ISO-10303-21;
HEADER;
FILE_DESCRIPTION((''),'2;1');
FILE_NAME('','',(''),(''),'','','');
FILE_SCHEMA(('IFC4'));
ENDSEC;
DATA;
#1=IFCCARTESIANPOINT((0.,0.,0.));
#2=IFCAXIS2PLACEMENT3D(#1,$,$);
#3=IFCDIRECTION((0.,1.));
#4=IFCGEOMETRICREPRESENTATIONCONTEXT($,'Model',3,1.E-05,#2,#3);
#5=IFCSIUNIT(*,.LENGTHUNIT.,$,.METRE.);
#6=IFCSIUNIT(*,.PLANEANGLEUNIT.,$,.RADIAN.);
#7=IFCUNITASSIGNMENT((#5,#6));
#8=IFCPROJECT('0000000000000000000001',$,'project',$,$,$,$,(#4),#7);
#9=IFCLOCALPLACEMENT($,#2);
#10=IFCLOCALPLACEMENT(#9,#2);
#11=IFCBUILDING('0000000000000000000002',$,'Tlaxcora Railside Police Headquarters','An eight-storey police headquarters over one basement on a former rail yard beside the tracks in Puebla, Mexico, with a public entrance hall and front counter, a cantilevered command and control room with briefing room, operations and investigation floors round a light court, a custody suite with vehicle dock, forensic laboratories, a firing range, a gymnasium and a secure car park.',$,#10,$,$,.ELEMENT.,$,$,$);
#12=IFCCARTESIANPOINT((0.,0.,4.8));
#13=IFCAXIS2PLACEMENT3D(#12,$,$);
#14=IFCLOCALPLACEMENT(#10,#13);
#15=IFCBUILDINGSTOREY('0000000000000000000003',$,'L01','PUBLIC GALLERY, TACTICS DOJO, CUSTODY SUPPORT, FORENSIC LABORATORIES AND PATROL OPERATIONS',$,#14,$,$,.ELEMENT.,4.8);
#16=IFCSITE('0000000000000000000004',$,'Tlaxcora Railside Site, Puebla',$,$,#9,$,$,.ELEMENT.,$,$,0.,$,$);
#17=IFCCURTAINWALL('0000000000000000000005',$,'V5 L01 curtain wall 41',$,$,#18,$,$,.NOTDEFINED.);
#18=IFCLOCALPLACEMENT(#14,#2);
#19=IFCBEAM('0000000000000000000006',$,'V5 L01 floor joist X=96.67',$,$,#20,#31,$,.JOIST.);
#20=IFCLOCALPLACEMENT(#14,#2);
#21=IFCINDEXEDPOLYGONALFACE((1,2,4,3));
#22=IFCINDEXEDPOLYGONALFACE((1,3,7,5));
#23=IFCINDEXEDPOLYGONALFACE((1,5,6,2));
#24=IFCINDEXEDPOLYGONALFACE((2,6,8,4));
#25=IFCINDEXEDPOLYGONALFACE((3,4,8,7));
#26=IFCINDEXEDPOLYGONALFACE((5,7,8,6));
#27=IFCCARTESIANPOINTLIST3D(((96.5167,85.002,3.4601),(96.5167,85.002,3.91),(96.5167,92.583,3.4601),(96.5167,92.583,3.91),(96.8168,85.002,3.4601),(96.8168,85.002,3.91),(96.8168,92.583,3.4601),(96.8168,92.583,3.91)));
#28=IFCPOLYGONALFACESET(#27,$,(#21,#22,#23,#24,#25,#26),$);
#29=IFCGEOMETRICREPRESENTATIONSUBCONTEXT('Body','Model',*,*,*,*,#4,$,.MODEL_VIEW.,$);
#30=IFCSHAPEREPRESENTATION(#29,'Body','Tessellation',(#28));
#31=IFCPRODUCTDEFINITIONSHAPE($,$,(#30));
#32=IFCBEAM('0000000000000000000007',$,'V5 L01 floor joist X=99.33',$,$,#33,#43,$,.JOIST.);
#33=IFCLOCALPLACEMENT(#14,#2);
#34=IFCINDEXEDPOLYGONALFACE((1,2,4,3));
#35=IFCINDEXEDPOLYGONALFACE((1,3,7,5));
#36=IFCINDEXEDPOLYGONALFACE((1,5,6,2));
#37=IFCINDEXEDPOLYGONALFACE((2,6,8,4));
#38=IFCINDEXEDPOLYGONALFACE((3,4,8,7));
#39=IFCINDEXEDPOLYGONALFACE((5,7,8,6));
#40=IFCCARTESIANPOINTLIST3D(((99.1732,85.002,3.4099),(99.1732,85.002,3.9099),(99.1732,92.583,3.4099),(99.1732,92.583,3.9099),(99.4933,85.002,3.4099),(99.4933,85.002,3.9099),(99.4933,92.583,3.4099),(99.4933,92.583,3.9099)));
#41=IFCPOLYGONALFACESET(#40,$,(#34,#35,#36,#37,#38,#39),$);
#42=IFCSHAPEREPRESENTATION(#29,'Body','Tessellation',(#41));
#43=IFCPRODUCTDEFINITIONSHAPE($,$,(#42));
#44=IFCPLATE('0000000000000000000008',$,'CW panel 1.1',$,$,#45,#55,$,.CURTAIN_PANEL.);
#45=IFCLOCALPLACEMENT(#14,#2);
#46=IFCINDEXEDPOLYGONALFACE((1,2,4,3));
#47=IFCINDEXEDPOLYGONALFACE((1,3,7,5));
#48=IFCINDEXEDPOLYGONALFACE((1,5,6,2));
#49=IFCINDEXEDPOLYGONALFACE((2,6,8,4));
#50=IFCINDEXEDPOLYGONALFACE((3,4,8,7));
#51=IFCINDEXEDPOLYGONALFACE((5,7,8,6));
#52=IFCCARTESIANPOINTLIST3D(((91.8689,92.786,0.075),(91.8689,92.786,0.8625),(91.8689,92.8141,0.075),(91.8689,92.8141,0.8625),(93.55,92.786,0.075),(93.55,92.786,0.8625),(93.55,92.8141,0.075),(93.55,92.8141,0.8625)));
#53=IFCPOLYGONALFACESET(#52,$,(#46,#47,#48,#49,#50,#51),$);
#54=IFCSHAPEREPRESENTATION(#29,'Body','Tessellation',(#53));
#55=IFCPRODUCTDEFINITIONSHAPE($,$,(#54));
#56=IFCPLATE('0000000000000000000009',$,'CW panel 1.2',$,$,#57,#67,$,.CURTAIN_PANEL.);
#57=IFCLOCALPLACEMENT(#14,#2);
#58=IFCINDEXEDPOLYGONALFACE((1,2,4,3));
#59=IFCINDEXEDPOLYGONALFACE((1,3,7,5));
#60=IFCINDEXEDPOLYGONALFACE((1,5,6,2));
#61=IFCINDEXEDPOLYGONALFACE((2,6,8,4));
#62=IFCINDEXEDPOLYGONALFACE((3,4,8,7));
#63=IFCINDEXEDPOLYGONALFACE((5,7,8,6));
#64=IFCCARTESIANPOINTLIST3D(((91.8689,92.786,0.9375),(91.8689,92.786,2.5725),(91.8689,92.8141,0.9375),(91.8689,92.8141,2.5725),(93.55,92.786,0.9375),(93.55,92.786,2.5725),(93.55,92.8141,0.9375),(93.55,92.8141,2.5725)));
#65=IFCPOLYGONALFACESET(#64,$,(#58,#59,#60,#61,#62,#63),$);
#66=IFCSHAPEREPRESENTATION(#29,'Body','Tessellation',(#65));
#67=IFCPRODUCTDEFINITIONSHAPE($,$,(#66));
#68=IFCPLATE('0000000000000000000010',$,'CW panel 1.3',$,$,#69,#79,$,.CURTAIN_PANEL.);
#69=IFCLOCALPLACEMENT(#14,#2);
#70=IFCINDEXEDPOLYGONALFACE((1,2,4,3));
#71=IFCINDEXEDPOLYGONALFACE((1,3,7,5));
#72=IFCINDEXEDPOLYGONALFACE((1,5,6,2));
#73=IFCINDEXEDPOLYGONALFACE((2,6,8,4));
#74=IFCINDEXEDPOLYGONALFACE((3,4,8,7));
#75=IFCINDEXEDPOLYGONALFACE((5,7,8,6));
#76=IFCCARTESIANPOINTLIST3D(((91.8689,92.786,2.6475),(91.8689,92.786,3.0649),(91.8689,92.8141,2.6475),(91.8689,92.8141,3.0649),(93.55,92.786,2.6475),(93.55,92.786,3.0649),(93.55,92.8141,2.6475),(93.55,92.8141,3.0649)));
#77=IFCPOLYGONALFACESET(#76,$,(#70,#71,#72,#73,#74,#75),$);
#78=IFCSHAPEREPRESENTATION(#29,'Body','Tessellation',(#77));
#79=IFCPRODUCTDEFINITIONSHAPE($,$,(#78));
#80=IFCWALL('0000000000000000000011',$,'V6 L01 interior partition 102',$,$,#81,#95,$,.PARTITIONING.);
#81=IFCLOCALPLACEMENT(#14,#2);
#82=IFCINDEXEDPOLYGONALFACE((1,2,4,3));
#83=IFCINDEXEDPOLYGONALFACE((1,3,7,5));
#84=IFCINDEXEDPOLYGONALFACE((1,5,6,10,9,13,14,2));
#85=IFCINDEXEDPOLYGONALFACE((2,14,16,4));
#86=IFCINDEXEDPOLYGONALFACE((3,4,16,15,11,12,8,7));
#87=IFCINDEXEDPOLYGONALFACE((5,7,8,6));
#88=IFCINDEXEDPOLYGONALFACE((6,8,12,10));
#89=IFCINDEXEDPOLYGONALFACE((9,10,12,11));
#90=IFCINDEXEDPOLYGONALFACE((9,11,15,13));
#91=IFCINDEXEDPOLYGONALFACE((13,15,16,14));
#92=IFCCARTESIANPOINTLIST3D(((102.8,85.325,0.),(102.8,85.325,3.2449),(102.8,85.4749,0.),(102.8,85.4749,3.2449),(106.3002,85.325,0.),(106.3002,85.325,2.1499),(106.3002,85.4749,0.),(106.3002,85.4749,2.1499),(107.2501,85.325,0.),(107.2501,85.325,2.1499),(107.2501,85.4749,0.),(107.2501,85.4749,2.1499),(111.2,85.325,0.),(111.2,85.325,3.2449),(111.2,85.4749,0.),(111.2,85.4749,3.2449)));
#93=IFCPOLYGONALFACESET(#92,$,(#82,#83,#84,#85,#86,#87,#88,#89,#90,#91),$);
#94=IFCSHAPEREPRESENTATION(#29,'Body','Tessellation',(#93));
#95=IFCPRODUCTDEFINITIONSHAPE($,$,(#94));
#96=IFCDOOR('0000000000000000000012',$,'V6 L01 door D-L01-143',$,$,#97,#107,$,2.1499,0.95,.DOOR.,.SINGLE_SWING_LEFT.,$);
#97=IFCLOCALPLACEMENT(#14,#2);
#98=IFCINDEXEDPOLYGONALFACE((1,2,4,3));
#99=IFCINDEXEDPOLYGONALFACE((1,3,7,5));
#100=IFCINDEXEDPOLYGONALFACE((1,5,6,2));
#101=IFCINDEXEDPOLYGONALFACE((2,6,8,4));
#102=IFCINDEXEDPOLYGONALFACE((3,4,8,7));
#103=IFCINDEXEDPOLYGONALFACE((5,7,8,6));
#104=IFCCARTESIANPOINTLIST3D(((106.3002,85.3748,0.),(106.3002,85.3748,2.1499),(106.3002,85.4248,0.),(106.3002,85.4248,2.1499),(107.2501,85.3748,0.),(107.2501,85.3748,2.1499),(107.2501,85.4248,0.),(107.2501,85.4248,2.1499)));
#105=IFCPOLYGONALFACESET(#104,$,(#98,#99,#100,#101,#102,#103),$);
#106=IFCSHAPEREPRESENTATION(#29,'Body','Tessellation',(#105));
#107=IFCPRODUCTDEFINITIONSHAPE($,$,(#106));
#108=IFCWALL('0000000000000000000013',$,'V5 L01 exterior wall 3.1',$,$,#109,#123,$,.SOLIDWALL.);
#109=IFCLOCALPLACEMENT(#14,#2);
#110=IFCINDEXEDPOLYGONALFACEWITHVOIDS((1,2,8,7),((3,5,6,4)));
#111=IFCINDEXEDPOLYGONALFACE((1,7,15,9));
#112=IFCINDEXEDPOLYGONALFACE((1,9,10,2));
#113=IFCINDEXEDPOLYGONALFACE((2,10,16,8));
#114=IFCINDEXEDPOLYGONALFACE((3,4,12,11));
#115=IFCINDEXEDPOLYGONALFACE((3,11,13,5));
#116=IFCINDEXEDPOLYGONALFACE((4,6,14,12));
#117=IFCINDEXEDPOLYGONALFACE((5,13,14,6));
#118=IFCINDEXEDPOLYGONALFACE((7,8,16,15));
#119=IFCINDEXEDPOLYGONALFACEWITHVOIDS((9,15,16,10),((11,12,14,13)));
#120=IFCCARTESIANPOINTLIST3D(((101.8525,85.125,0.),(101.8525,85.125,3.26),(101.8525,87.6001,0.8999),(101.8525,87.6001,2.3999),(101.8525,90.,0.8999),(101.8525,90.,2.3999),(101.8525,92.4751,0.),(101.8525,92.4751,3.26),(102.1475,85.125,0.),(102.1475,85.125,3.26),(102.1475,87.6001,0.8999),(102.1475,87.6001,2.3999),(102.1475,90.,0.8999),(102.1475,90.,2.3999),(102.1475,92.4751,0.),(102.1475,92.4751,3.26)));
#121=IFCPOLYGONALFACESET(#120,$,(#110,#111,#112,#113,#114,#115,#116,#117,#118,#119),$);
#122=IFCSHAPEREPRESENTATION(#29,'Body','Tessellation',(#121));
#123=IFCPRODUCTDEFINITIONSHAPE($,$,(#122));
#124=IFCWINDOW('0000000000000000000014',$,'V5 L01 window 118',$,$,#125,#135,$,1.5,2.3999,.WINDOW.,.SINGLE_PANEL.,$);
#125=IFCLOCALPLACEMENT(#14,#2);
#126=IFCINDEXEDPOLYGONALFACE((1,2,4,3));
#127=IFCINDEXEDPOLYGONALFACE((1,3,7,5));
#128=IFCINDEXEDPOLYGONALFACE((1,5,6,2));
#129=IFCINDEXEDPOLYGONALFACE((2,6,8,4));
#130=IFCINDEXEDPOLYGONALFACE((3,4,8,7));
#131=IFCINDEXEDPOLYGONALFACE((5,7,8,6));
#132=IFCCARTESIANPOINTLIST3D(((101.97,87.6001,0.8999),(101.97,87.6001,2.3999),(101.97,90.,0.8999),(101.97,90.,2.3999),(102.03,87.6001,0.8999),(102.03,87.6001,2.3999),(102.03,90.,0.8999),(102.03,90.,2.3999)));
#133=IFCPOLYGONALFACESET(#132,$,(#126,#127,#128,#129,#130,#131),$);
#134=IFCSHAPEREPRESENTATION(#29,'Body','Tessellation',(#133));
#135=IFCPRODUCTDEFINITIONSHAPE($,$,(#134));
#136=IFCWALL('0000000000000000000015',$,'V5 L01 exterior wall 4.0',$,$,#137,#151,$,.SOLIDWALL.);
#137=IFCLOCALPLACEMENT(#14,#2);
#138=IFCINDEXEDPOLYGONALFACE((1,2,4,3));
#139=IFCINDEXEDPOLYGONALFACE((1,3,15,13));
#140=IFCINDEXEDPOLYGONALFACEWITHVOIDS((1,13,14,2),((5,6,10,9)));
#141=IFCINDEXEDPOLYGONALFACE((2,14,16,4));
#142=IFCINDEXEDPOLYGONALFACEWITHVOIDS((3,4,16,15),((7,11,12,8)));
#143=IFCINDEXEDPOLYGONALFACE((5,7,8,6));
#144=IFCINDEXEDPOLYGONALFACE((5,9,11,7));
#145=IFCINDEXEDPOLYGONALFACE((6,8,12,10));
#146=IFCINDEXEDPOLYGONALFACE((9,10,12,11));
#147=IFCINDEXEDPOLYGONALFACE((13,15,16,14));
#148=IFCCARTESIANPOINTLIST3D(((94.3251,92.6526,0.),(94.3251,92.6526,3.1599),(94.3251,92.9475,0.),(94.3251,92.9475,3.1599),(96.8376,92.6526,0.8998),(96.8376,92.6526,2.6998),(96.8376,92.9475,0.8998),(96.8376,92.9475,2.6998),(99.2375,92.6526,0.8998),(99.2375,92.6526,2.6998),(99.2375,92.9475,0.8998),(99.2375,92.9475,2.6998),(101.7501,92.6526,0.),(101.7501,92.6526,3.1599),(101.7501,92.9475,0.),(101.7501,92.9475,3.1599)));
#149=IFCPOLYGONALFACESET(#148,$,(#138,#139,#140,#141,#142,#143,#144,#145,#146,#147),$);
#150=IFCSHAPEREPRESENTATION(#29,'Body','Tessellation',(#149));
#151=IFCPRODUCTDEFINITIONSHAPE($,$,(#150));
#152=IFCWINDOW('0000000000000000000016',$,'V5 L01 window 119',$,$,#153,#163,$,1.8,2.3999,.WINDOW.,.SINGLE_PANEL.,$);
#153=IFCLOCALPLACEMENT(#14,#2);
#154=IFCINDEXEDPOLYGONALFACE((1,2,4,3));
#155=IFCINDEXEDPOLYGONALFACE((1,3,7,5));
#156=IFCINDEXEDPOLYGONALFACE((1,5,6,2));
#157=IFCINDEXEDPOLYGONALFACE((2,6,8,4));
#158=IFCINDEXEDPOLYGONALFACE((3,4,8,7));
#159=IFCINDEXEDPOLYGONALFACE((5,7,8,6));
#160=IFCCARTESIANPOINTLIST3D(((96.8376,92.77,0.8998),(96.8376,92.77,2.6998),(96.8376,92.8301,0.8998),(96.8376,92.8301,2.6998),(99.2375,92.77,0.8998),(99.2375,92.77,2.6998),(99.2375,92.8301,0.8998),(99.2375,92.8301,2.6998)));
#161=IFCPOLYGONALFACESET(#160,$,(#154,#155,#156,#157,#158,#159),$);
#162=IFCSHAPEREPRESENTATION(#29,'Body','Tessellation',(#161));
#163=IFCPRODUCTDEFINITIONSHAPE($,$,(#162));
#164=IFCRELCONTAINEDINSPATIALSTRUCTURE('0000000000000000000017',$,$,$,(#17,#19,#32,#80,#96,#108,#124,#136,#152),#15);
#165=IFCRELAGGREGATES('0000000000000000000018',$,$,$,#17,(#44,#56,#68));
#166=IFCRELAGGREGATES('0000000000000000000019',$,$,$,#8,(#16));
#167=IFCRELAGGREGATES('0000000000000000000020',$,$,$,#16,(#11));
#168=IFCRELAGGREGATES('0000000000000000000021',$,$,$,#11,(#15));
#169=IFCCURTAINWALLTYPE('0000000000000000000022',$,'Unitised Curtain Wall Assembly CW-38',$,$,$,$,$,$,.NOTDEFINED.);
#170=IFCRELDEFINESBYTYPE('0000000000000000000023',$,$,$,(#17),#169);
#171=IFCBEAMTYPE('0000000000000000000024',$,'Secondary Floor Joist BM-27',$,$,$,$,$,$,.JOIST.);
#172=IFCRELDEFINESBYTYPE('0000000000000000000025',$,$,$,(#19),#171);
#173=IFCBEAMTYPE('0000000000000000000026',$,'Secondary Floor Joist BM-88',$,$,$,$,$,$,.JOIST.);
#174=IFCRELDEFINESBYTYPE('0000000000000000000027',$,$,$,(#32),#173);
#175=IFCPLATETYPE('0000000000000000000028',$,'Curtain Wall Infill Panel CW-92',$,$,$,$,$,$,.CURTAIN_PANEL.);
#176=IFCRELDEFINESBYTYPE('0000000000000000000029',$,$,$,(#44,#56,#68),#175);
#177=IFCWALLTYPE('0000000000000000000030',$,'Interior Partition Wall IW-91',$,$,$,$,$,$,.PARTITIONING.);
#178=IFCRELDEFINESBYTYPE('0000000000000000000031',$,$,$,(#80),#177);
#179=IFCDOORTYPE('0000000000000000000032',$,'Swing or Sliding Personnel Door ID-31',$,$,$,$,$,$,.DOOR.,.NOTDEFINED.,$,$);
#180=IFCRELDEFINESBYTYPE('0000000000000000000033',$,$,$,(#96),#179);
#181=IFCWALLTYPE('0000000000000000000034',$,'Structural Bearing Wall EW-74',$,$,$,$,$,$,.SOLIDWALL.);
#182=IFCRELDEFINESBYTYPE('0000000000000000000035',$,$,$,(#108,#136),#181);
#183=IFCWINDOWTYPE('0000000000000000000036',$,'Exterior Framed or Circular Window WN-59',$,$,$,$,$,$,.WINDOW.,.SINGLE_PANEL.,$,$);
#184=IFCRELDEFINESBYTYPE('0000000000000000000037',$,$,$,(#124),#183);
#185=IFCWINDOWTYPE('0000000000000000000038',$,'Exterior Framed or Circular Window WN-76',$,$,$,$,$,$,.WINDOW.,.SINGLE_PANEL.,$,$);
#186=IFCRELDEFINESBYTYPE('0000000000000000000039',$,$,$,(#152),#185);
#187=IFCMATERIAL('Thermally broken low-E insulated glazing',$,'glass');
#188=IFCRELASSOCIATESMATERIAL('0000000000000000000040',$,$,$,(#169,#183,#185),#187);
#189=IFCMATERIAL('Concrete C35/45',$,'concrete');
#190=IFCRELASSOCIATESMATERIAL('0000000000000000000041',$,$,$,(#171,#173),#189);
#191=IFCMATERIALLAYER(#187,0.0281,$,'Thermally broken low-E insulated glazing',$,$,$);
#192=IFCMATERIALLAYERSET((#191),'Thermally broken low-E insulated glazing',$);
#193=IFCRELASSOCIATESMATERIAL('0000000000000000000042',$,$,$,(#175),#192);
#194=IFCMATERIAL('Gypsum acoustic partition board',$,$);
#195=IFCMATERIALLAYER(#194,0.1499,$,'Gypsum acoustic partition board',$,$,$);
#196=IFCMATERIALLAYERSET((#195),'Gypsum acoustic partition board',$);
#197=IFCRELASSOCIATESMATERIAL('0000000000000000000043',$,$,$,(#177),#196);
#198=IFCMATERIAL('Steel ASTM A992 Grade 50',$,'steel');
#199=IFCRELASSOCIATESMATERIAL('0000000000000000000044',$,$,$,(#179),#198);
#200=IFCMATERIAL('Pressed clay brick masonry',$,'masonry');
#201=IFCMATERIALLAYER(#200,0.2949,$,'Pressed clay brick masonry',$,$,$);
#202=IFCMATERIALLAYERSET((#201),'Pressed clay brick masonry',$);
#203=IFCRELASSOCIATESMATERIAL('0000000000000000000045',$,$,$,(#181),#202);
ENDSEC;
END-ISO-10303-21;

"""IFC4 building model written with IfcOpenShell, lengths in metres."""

from ifc_helpers import new_model, si_unit, direction, frame, frame_2d, origin, origin_2d, place, context, subcontext, project, spatial, rectangle, extrude, material, layer, layer_set, material_profile, profile_set, type_object, element, fill, aggregate, save


model = new_model("IFC4")

# Units and contexts
model_context = context("Model", 3, precision=1e-05, world=origin(), true_north=direction((0.0, 1.0)))
body_context = subcontext(model_context, "Body", "Model", "MODEL_VIEW")
ifc_project = project(units=[si_unit("LENGTHUNIT", "METRE"), si_unit("PLANEANGLEUNIT", "RADIAN")], contexts=[model_context])

# Site, building, storey
site_placement = place(None, origin())
site = spatial("IfcSite", under=ifc_project, at=site_placement, Name="Tlaxcora Railside Site, Puebla", CompositionType="ELEMENT", RefElevation=0.0)
building_placement = place(site_placement, origin())
building = spatial("IfcBuilding", under=site, at=building_placement, Name="Tlaxcora Railside Police Headquarters", Description="An eight-storey police headquarters over one basement on a former rail yard beside the tracks in Puebla, Mexico, with a public entrance hall and front counter, a cantilevered command and control room with briefing room, operations and investigation floors round a light court, a custody suite with vehicle dock, forensic laboratories, a firing range, a gymnasium and a secure car park.", CompositionType="ELEMENT")
storey_placement = place(building_placement, frame((0.0, 0.0, 4.8)))
storey = spatial("IfcBuildingStorey", under=building, at=storey_placement, Name="L01", Description="PUBLIC GALLERY, TACTICS DOJO, CUSTODY SUPPORT, FORENSIC LABORATORIES AND PATROL OPERATIONS", CompositionType="ELEMENT", Elevation=4.8)

# Curtain wall
ifc_material_1 = material(Name="Thermally broken low-E insulated glazing", Category="glass")
curtain_wall_type = type_object("IfcCurtainWallType", Name="Unitised Curtain Wall Assembly CW-38", PredefinedType="NOTDEFINED", material=ifc_material_1)
curtain_wall_placement = place(storey_placement, origin())
curtain_wall = element("IfcCurtainWall", 1, at=curtain_wall_placement, inside=storey, type_object=curtain_wall_type, Name="V5 L01 curtain wall 41", PredefinedType="NOTDEFINED")

# Beams
ifc_material_2 = material(Name="Concrete C35/45", Category="concrete")
ifc_material_profile_1 = material_profile(ifc_material_2, rectangle(XDim=0.3, YDim=0.45, at=origin_2d()), Name="RC300X450")
ifc_profile_set_1 = profile_set([ifc_material_profile_1], Name="Concrete C35/45")
beam_type_1 = type_object("IfcBeamType", Name="Secondary Floor Joist BM-27", PredefinedType="JOIST", material=ifc_profile_set_1)
beam_1_placement = place(storey_placement, frame((96.6667, 85.002, 3.6851), z_axis=(0.0, 1.0, 0.0), x_axis=(-1.0, 0.0, 0.0)))
element("IfcBeam", 2, at=beam_1_placement, inside=storey, type_object=beam_type_1, Name="V5 L01 floor joist X=96.67", PredefinedType="JOIST", context=body_context, shape_type="SweptSolid", body=[
    extrude(rectangle(XDim=0.3, YDim=0.45, at=origin_2d()), origin(), (0.0, 0.0, 1.0), 7.5811),
])
ifc_material_profile_2 = material_profile(ifc_material_2, rectangle(XDim=0.3201, YDim=0.5, at=origin_2d()), Name="RC320X500")
ifc_profile_set_2 = profile_set([ifc_material_profile_2], Name="Concrete C35/45")
beam_type_2 = type_object("IfcBeamType", Name="Secondary Floor Joist BM-88", PredefinedType="JOIST", material=ifc_profile_set_2)
beam_2_placement = place(storey_placement, frame((99.3333, 85.002, 3.6599), z_axis=(0.0, 1.0, 0.0), x_axis=(-1.0, 0.0, 0.0)))
element("IfcBeam", 3, at=beam_2_placement, inside=storey, type_object=beam_type_2, Name="V5 L01 floor joist X=99.33", PredefinedType="JOIST", context=body_context, shape_type="SweptSolid", body=[
    extrude(rectangle(XDim=0.3201, YDim=0.5, at=origin_2d()), origin(), (0.0, 0.0, 1.0), 7.5811),
])

# Plates
ifc_layer_1 = layer(ifc_material_1, 0.0281, Name="Thermally broken low-E insulated glazing")
ifc_layer_set_1 = layer_set([ifc_layer_1], Name="Thermally broken low-E insulated glazing")
plate_type = type_object("IfcPlateType", Name="Curtain Wall Infill Panel CW-92", PredefinedType="CURTAIN_PANEL", material=ifc_layer_set_1)
plate_1_placement = place(storey_placement, frame((92.7095, 92.8, 0.075), z_axis=(0.0, 0.0, 1.0), x_axis=(-1.0, 0.0, 0.0)))
plate_1 = element("IfcPlate", 4, at=plate_1_placement, type_object=plate_type, Name="CW panel 1.1", PredefinedType="CURTAIN_PANEL", context=body_context, shape_type="SweptSolid", body=[
    extrude(rectangle(XDim=1.6812, YDim=0.0281, at=origin_2d()), origin(), (0.0, 0.0, 1.0), 0.7876),
])
plate_2_placement = place(storey_placement, frame((92.7095, 92.8, 0.9375), z_axis=(0.0, 0.0, 1.0), x_axis=(-1.0, 0.0, 0.0)))
plate_2 = element("IfcPlate", 5, at=plate_2_placement, type_object=plate_type, Name="CW panel 1.2", PredefinedType="CURTAIN_PANEL", context=body_context, shape_type="SweptSolid", body=[
    extrude(rectangle(XDim=1.6812, YDim=0.0281, at=origin_2d()), origin(), (0.0, 0.0, 1.0), 1.635),
])
plate_3_placement = place(storey_placement, frame((92.7095, 92.8, 2.6475), z_axis=(0.0, 0.0, 1.0), x_axis=(-1.0, 0.0, 0.0)))
plate_3 = element("IfcPlate", 6, at=plate_3_placement, type_object=plate_type, Name="CW panel 1.3", PredefinedType="CURTAIN_PANEL", context=body_context, shape_type="SweptSolid", body=[
    extrude(rectangle(XDim=1.6812, YDim=0.0281, at=origin_2d()), origin(), (0.0, 0.0, 1.0), 0.4175),
])
aggregate(curtain_wall, [plate_1, plate_2, plate_3])

# Wall, opening, door
ifc_material_3 = material(Name="Gypsum acoustic partition board")
ifc_layer_2 = layer(ifc_material_3, 0.1499, Name="Gypsum acoustic partition board")
ifc_layer_set_2 = layer_set([ifc_layer_2], Name="Gypsum acoustic partition board")
wall_type_1 = type_object("IfcWallType", Name="Interior Partition Wall IW-91", PredefinedType="PARTITIONING", material=ifc_layer_set_2)
wall_1_placement = place(storey_placement, frame((102.8, 85.3999, 0.0), z_axis=(0.0, 0.0, 1.0), x_axis=(1.0, 0.0, 0.0)))
wall_1 = element("IfcWall", 7, at=wall_1_placement, inside=storey, type_object=wall_type_1, Name="V6 L01 interior partition 102", PredefinedType="PARTITIONING", context=body_context, shape_type="SweptSolid", body=[
    extrude(rectangle(XDim=8.3999, YDim=0.1499, at=frame_2d((4.2, 0.0))), origin(), (0.0, 0.0, 1.0), 3.2449),
])
opening_1_placement = place(wall_1_placement, frame((3.5, 0.0, 0.0)))
opening_1 = element("IfcOpeningElement", 8, at=opening_1_placement, cuts=wall_1, PredefinedType="OPENING", context=body_context, shape_type="SweptSolid", body=[
    extrude(rectangle(XDim=0.95, YDim=2.1499, at=frame_2d((0.4751, 1.075))), frame((0.0, 0.085, 0.0), z_axis=(0.0, -1.0, 0.0), x_axis=(1.0, 0.0, 0.0)), (0.0, 0.0, 1.0), 0.1699),
])
ifc_material_4 = material(Name="Steel ASTM A992 Grade 50", Category="steel")
door_type = type_object("IfcDoorType", Name="Swing or Sliding Personnel Door ID-31", OperationType="NOTDEFINED", PredefinedType="DOOR", material=ifc_material_4)
door_placement = place(opening_1_placement, origin())
door = element("IfcDoor", 9, at=door_placement, inside=storey, type_object=door_type, Name="V6 L01 door D-L01-143", OperationType="SINGLE_SWING_LEFT", OverallHeight=2.1499, OverallWidth=0.95, PredefinedType="DOOR", context=body_context, shape_type="SweptSolid", body=[
    extrude(rectangle(XDim=0.95, YDim=2.1499, at=frame_2d((0.4751, 1.075))), frame((0.0, 0.0249, 0.0), z_axis=(0.0, -1.0, 0.0), x_axis=(1.0, 0.0, 0.0)), (0.0, 0.0, 1.0), 0.05),
])
fill(opening_1, door)

# Walls, openings, windows
ifc_material_5 = material(Name="Pressed clay brick masonry", Category="masonry")
ifc_layer_3 = layer(ifc_material_5, 0.2949, Name="Pressed clay brick masonry")
ifc_layer_set_3 = layer_set([ifc_layer_3], Name="Pressed clay brick masonry")
wall_type_2 = type_object("IfcWallType", Name="Structural Bearing Wall EW-74", PredefinedType="SOLIDWALL", material=ifc_layer_set_3)
wall_2_placement = place(storey_placement, frame((102.0, 85.125, 0.0), z_axis=(0.0, 0.0, 1.0), x_axis=(0.0, 1.0, 0.0)))
wall_2 = element("IfcWall", 10, at=wall_2_placement, inside=storey, type_object=wall_type_2, Name="V5 L01 exterior wall 3.1", PredefinedType="SOLIDWALL", context=body_context, shape_type="SweptSolid", body=[
    extrude(rectangle(XDim=7.3501, YDim=0.2949, at=frame_2d((3.675, 0.0))), origin(), (0.0, 0.0, 1.0), 3.26),
])
opening_2_placement = place(wall_2_placement, frame((2.4751, 0.0, 0.8999)))
opening_2 = element("IfcOpeningElement", 11, at=opening_2_placement, cuts=wall_2, PredefinedType="OPENING", context=body_context, shape_type="SweptSolid", body=[
    extrude(rectangle(XDim=2.3999, YDim=1.5, at=frame_2d((1.2, 0.75))), frame((0.0, 0.1575, 0.0), z_axis=(0.0, -1.0, 0.0), x_axis=(1.0, 0.0, 0.0)), (0.0, 0.0, 1.0), 0.3149),
])
window_type_1 = type_object("IfcWindowType", Name="Exterior Framed or Circular Window WN-59", PartitioningType="SINGLE_PANEL", PredefinedType="WINDOW", material=ifc_material_1)
window_1_placement = place(opening_2_placement, origin())
window_1 = element("IfcWindow", 12, at=window_1_placement, inside=storey, type_object=window_type_1, Name="V5 L01 window 118", OverallHeight=1.5, OverallWidth=2.3999, PartitioningType="SINGLE_PANEL", PredefinedType="WINDOW", context=body_context, shape_type="SweptSolid", body=[
    extrude(rectangle(XDim=2.3999, YDim=1.5, at=frame_2d((1.2, 0.75))), frame((0.0, 0.03, 0.0), z_axis=(0.0, -1.0, 0.0), x_axis=(1.0, 0.0, 0.0)), (0.0, 0.0, 1.0), 0.0601),
])
fill(opening_2, window_1)
wall_3_placement = place(storey_placement, frame((101.75, 92.8, 0.0), z_axis=(0.0, 0.0, 1.0), x_axis=(-1.0, 0.0, 0.0)))
wall_3 = element("IfcWall", 13, at=wall_3_placement, inside=storey, type_object=wall_type_2, Name="V5 L01 exterior wall 4.0", PredefinedType="SOLIDWALL", context=body_context, shape_type="SweptSolid", body=[
    extrude(rectangle(XDim=7.425, YDim=0.2949, at=frame_2d((3.7124, 0.0))), origin(), (0.0, 0.0, 1.0), 3.1599),
])
opening_3_placement = place(wall_3_placement, frame((2.5125, 0.0, 0.8999)))
opening_3 = element("IfcOpeningElement", 14, at=opening_3_placement, cuts=wall_3, PredefinedType="OPENING", context=body_context, shape_type="SweptSolid", body=[
    extrude(rectangle(XDim=2.3999, YDim=1.8, at=frame_2d((1.2, 0.8999))), frame((0.0, 0.1575, 0.0), z_axis=(0.0, -1.0, 0.0), x_axis=(1.0, 0.0, 0.0)), (0.0, 0.0, 1.0), 0.3149),
])
window_type_2 = type_object("IfcWindowType", Name="Exterior Framed or Circular Window WN-76", PartitioningType="SINGLE_PANEL", PredefinedType="WINDOW", material=ifc_material_1)
window_2_placement = place(opening_3_placement, origin())
window_2 = element("IfcWindow", 15, at=window_2_placement, inside=storey, type_object=window_type_2, Name="V5 L01 window 119", OverallHeight=1.8, OverallWidth=2.3999, PartitioningType="SINGLE_PANEL", PredefinedType="WINDOW", context=body_context, shape_type="SweptSolid", body=[
    extrude(rectangle(XDim=2.3999, YDim=1.8, at=frame_2d((1.2, 0.8999))), frame((0.0, 0.03, 0.0), z_axis=(0.0, -1.0, 0.0), x_axis=(1.0, 0.0, 0.0)), (0.0, 0.0, 1.0), 0.0601),
])
fill(opening_3, window_2)

save(model, "model.ifc")
